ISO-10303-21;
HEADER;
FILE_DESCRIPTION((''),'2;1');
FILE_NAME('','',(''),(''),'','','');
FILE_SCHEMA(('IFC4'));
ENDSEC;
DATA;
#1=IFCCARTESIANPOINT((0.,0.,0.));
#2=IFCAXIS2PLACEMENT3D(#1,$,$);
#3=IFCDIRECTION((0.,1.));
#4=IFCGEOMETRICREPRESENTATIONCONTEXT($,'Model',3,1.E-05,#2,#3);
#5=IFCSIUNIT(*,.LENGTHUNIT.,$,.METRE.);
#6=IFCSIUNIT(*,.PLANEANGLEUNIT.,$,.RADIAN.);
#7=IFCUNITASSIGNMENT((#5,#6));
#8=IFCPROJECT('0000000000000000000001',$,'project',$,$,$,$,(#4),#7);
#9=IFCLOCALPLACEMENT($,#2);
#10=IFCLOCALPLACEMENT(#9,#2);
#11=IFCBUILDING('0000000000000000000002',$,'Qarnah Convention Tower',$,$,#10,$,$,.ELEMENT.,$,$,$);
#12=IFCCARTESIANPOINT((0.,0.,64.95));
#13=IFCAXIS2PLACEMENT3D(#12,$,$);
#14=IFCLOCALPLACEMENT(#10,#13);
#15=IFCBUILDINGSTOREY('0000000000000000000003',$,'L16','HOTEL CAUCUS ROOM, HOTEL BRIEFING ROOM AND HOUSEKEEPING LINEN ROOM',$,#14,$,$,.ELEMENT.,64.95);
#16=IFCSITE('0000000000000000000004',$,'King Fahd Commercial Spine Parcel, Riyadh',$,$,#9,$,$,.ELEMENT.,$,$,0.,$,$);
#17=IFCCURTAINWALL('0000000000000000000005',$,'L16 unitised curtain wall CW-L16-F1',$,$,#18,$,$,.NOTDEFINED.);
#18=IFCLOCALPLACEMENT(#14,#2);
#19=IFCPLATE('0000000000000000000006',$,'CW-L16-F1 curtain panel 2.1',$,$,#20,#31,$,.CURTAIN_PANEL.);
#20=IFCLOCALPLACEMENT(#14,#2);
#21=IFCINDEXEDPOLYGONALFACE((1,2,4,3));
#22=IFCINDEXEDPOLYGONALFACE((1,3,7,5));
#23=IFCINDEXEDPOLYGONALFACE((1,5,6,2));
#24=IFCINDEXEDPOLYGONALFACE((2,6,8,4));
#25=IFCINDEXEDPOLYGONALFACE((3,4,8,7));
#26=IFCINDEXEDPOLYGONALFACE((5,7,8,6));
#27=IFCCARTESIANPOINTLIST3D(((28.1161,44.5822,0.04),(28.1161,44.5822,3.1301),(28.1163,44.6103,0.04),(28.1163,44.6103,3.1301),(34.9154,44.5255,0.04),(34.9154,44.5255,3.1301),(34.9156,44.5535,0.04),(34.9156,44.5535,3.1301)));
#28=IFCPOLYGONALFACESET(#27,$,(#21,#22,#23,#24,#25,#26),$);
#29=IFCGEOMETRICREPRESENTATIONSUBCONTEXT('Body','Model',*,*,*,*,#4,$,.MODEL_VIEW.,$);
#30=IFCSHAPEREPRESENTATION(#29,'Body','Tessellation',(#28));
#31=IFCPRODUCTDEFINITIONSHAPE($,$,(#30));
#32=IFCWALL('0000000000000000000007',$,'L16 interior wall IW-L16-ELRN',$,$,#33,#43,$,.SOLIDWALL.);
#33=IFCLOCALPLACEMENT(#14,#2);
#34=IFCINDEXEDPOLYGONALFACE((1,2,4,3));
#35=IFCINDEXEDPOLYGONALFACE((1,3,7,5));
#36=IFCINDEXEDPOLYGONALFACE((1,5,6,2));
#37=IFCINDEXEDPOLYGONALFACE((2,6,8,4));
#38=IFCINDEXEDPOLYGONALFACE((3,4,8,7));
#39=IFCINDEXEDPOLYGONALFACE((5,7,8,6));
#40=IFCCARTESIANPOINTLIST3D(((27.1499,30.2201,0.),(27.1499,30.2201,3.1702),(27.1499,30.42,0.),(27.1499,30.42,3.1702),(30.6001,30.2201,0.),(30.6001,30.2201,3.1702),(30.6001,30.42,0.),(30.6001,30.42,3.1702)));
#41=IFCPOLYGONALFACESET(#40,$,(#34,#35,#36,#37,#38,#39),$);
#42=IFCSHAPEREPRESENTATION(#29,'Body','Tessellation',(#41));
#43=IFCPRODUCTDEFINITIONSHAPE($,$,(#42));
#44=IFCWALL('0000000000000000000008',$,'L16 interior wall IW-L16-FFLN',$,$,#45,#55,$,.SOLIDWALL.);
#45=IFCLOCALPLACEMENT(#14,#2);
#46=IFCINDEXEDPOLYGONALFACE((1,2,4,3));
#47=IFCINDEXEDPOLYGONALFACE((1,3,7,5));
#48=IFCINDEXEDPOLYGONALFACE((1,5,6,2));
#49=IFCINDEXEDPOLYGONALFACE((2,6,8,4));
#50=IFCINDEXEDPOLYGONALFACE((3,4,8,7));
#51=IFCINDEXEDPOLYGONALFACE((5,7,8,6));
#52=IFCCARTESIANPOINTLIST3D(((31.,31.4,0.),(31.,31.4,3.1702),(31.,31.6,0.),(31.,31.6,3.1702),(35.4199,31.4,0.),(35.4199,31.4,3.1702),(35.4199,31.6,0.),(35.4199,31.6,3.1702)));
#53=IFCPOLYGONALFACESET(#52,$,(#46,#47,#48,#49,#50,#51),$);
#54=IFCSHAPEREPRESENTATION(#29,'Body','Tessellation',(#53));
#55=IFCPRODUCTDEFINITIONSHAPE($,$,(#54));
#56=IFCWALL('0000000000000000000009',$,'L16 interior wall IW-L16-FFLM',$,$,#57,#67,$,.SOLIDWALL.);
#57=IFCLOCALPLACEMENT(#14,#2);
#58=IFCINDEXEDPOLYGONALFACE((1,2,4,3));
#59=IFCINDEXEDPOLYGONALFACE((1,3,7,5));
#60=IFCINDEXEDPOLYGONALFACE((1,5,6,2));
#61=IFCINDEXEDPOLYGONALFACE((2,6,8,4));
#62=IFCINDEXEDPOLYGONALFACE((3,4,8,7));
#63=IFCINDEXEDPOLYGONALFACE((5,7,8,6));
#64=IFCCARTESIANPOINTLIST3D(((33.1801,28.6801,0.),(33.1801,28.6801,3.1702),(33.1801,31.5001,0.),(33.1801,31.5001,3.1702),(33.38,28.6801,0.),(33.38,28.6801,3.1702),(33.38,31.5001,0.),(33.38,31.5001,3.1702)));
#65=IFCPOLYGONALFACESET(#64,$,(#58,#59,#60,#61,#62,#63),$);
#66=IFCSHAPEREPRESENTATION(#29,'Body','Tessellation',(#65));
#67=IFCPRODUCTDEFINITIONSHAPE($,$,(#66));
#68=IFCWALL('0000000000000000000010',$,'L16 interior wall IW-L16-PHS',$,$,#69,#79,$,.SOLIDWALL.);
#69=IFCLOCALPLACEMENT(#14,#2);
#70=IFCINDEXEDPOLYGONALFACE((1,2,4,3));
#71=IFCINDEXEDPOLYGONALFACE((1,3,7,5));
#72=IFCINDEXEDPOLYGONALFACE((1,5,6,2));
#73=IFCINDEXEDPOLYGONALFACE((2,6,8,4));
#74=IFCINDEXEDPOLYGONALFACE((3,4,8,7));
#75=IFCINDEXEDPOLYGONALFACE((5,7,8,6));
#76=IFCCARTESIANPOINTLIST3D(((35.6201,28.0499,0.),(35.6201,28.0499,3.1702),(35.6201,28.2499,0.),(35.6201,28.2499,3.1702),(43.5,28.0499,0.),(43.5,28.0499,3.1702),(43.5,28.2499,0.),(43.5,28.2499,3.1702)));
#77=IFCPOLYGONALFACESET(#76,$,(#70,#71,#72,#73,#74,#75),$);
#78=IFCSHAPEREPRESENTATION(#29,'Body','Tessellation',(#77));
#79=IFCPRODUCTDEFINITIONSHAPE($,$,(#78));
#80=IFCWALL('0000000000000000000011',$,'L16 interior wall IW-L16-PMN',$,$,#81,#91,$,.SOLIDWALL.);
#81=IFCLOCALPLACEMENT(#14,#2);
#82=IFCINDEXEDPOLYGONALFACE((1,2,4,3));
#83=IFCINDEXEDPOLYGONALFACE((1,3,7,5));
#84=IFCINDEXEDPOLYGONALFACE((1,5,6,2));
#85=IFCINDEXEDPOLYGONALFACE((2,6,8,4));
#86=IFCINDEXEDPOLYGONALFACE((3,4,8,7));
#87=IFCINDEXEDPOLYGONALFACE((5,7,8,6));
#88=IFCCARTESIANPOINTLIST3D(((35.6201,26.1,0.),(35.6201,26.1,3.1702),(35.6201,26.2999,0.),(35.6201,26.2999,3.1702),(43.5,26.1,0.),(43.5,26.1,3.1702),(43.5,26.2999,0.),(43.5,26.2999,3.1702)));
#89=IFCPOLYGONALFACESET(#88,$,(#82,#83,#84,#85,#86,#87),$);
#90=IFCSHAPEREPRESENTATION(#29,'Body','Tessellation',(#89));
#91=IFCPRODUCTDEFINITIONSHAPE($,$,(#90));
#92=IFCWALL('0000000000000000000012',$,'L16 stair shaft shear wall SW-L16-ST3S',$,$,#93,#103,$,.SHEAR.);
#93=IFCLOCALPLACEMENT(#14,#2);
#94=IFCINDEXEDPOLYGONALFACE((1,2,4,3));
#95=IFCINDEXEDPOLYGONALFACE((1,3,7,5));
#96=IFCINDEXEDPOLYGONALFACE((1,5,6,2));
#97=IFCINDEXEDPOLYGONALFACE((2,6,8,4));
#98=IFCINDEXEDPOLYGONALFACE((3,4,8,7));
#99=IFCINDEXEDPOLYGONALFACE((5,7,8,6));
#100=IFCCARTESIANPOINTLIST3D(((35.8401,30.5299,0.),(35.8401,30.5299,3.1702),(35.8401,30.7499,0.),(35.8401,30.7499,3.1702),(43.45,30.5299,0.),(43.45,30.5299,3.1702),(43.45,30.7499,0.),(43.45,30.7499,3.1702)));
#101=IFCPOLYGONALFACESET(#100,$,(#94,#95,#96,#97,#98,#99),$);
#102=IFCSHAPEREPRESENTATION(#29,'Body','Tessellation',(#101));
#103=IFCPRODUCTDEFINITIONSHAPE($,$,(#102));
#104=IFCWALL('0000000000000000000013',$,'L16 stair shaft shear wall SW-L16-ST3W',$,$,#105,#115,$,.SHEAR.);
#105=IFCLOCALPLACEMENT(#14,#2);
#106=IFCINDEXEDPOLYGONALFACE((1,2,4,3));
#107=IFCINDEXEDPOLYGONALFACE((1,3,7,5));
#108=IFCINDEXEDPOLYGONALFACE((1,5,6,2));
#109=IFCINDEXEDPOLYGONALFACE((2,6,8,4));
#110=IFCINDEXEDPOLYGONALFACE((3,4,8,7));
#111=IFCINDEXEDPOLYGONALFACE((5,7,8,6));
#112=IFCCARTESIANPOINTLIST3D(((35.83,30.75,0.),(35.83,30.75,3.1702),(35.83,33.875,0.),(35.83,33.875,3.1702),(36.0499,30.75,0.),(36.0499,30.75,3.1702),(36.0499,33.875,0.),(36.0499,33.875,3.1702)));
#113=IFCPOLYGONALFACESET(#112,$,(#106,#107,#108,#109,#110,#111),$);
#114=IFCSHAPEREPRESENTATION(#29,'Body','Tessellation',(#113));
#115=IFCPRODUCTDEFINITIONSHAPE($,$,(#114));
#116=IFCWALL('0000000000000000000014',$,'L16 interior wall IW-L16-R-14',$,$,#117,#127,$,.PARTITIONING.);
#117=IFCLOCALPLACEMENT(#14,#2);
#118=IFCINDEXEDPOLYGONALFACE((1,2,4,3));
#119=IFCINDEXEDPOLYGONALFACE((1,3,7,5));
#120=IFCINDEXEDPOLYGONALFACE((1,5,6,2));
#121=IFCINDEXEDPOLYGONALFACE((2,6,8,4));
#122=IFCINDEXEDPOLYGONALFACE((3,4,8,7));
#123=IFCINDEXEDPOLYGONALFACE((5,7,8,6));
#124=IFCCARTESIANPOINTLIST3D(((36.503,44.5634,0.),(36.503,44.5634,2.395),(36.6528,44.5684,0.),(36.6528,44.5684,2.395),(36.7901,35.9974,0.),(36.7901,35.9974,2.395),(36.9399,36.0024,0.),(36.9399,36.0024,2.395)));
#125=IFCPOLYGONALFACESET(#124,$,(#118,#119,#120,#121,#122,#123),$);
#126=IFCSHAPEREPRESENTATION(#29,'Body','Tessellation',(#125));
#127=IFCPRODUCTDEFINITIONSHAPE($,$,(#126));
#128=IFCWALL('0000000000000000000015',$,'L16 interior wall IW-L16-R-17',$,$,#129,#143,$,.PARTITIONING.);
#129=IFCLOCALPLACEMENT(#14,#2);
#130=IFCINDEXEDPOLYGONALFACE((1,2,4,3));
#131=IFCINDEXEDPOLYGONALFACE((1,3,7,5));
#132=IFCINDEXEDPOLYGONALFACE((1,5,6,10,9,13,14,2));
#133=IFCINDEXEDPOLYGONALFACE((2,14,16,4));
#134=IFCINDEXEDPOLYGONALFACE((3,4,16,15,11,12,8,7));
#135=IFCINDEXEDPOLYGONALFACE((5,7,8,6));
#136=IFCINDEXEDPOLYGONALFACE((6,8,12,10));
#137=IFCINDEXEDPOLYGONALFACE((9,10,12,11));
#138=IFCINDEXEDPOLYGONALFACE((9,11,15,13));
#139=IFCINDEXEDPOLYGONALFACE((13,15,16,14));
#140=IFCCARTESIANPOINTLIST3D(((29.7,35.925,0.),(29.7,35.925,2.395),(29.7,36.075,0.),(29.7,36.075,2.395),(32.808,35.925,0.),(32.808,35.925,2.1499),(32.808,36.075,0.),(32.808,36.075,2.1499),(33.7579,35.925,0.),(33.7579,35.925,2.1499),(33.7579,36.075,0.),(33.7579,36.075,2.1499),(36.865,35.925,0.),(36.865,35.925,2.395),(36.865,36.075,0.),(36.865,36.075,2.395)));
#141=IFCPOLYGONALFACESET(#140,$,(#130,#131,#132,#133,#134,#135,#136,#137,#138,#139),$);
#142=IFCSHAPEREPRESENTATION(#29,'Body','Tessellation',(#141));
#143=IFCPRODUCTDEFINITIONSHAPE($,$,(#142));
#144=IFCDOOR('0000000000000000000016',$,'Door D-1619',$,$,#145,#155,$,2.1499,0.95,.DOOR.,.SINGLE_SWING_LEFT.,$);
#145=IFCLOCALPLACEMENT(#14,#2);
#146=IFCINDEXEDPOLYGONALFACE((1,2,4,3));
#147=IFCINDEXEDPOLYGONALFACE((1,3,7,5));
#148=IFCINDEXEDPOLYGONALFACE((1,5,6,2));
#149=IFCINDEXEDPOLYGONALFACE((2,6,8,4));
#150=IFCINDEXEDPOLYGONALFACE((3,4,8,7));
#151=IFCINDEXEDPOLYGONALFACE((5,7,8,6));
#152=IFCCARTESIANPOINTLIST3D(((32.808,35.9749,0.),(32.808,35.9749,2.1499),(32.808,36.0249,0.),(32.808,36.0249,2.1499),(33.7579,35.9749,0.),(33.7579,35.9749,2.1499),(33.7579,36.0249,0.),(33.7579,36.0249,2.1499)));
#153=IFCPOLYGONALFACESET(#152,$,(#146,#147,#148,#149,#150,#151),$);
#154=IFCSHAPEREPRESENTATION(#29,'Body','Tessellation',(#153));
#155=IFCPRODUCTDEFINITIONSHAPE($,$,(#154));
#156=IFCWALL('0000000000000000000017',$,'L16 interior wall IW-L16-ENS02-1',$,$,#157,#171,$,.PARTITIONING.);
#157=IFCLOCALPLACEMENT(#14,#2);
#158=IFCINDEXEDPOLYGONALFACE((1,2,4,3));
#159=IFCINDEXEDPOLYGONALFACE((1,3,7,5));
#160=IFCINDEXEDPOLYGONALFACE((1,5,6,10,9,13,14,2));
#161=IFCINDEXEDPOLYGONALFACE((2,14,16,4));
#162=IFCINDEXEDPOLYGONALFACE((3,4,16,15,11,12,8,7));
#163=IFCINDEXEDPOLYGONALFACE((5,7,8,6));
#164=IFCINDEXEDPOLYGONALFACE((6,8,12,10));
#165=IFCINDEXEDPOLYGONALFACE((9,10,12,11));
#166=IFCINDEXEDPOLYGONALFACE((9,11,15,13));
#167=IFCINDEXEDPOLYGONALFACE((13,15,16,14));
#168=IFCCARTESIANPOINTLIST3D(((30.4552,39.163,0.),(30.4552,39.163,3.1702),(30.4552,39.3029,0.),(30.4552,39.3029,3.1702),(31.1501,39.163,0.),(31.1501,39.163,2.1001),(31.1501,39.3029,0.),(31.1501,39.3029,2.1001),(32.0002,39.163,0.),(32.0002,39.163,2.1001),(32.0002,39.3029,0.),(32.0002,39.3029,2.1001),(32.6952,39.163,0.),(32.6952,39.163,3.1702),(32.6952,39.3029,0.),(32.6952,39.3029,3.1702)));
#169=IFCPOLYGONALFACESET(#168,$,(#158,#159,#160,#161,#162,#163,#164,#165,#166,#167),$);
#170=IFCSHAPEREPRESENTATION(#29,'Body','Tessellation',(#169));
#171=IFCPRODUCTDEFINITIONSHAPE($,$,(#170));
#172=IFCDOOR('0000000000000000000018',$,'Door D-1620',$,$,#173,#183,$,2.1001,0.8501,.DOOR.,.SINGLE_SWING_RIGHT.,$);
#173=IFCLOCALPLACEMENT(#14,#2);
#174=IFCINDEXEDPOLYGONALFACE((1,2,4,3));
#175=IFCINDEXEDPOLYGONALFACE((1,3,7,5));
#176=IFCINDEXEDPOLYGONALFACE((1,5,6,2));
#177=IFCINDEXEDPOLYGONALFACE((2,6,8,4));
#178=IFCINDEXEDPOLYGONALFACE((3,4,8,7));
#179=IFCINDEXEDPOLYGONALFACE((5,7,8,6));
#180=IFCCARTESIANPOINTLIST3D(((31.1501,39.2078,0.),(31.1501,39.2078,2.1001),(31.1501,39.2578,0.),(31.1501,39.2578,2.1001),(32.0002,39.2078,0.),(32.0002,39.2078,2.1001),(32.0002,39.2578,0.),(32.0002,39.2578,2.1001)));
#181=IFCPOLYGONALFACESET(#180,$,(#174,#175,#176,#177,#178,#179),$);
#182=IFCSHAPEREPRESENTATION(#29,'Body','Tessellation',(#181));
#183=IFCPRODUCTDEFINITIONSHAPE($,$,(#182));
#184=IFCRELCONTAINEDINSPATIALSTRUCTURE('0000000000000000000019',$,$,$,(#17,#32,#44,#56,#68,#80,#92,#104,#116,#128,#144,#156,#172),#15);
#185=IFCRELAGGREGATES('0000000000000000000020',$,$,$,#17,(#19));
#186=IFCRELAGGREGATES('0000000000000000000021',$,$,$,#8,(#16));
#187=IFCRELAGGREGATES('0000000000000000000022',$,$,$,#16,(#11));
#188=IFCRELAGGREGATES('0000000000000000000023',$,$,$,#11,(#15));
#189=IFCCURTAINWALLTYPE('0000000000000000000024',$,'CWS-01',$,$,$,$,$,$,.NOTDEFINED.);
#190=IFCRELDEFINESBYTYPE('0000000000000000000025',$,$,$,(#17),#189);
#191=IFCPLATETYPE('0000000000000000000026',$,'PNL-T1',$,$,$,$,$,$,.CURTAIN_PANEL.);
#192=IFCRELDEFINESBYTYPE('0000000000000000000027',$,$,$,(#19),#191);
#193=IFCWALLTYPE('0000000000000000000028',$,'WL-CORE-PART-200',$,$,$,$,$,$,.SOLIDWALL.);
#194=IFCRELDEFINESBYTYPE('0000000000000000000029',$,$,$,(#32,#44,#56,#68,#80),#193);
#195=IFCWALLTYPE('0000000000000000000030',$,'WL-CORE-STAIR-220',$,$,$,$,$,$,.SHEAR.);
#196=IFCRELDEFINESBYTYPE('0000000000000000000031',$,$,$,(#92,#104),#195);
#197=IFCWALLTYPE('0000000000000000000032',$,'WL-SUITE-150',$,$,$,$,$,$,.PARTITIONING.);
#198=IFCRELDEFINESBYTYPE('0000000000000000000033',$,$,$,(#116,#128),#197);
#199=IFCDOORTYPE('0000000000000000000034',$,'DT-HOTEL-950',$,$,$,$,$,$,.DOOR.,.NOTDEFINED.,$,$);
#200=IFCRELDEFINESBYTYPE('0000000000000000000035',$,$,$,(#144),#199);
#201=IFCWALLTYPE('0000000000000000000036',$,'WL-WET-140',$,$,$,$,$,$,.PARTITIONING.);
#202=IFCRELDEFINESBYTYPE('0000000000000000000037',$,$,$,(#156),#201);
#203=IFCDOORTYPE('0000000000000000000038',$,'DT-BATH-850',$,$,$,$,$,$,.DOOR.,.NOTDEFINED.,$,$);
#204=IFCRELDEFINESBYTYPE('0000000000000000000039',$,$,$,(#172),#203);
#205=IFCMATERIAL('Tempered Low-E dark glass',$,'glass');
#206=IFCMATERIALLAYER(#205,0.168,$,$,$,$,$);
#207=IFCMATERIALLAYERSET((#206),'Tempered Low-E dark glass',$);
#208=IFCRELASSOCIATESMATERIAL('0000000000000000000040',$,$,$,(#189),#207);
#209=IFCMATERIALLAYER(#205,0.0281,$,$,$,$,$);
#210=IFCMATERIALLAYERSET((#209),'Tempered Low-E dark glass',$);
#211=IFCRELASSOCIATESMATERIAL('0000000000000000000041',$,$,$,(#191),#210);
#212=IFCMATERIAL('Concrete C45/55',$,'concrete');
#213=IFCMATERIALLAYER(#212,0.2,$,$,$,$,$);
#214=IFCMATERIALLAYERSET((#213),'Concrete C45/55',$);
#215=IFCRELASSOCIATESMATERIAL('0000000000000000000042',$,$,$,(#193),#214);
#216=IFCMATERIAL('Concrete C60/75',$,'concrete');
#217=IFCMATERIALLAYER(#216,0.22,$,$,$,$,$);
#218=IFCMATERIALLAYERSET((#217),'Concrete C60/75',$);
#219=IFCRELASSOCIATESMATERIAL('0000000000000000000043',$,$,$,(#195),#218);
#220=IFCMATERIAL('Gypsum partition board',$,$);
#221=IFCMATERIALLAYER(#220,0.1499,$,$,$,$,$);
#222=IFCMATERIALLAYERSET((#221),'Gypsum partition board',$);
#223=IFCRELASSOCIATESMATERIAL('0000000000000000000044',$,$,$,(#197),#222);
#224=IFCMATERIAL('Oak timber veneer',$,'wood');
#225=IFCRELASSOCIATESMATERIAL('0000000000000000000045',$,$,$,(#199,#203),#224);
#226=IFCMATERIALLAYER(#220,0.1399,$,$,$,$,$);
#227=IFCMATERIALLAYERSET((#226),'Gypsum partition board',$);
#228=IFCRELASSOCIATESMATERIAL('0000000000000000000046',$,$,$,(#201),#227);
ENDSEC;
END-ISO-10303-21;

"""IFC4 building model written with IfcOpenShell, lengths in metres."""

from ifc_helpers import new_model, si_unit, direction, frame, frame_2d, origin, origin_2d, place, context, subcontext, project, spatial, rectangle, extrude, material, layer, layer_set, type_object, element, fill, aggregate, save


model = new_model("IFC4")

# Units and contexts
model_context = context("Model", 3, precision=1e-05, world=origin(), true_north=direction((0.0, 1.0)))
body_context = subcontext(model_context, "Body", "Model", "MODEL_VIEW")
ifc_project = project(units=[si_unit("LENGTHUNIT", "METRE"), si_unit("PLANEANGLEUNIT", "RADIAN")], contexts=[model_context])

# Site, building, storey
site_placement = place(None, origin())
site = spatial("IfcSite", under=ifc_project, at=site_placement, Name="King Fahd Commercial Spine Parcel, Riyadh", CompositionType="ELEMENT", RefElevation=0.0)
building_placement = place(site_placement, origin())
building = spatial("IfcBuilding", under=site, at=building_placement, Name="Qarnah Convention Tower", CompositionType="ELEMENT")
storey_placement = place(building_placement, frame((0.0, 0.0, 64.95)))
storey = spatial("IfcBuildingStorey", under=building, at=storey_placement, Name="L16", Description="HOTEL CAUCUS ROOM, HOTEL BRIEFING ROOM AND HOUSEKEEPING LINEN ROOM", CompositionType="ELEMENT", Elevation=64.95)

# Shared definitions
ifc_material_1 = material(Name="Concrete C60/75", Category="concrete")

# Curtain wall, plate
ifc_material_2 = material(Name="Tempered Low-E dark glass", Category="glass")
ifc_layer_1 = layer(ifc_material_2, 0.168)
ifc_layer_set_1 = layer_set([ifc_layer_1], Name="Tempered Low-E dark glass")
curtain_wall_type = type_object("IfcCurtainWallType", Name="CWS-01", PredefinedType="NOTDEFINED", material=ifc_layer_set_1)
curtain_wall_placement = place(storey_placement, origin())
curtain_wall = element("IfcCurtainWall", 1, at=curtain_wall_placement, inside=storey, type_object=curtain_wall_type, Name="L16 unitised curtain wall CW-L16-F1", PredefinedType="NOTDEFINED")
ifc_layer_2 = layer(ifc_material_2, 0.0281)
ifc_layer_set_2 = layer_set([ifc_layer_2], Name="Tempered Low-E dark glass")
plate_type = type_object("IfcPlateType", Name="PNL-T1", PredefinedType="CURTAIN_PANEL", material=ifc_layer_set_2)
plate_placement = place(storey_placement, frame((31.5159, 44.5679, 0.04), z_axis=(0.0, 0.0, 1.0), x_axis=(0.999965, -0.008344, 0.0)))
plate = element("IfcPlate", 2, at=plate_placement, type_object=plate_type, Name="CW-L16-F1 curtain panel 2.1", PredefinedType="CURTAIN_PANEL", context=body_context, shape_type="SweptSolid", body=[
    extrude(rectangle(XDim=6.7996, YDim=0.0281, at=origin_2d()), origin(), (0.0, 0.0, 1.0), 3.0901),
])
aggregate(curtain_wall, [plate])

# Wall
ifc_material_3 = material(Name="Concrete C45/55", Category="concrete")
ifc_layer_3 = layer(ifc_material_3, 0.2)
ifc_layer_set_3 = layer_set([ifc_layer_3], Name="Concrete C45/55")
wall_type_1 = type_object("IfcWallType", Name="WL-CORE-PART-200", PredefinedType="SOLIDWALL", material=ifc_layer_set_3)
wall_1_placement = place(storey_placement, frame((27.1499, 30.3201, 0.0), z_axis=(0.0, 0.0, 1.0), x_axis=(1.0, 0.0, 0.0)))
element("IfcWall", 3, at=wall_1_placement, inside=storey, type_object=wall_type_1, Name="L16 interior wall IW-L16-ELRN", PredefinedType="SOLIDWALL", context=body_context, shape_type="SweptSolid", body=[
    extrude(rectangle(XDim=3.4502, YDim=0.2, at=frame_2d((1.7251, 0.0))), origin(), (0.0, 0.0, 1.0), 3.1702),
])

# Walls
wall_2_placement = place(storey_placement, frame((31.0, 31.5, 0.0), z_axis=(0.0, 0.0, 1.0), x_axis=(1.0, 0.0, 0.0)))
element("IfcWall", 4, at=wall_2_placement, inside=storey, type_object=wall_type_1, Name="L16 interior wall IW-L16-FFLN", PredefinedType="SOLIDWALL", context=body_context, shape_type="SweptSolid", body=[
    extrude(rectangle(XDim=4.4199, YDim=0.2, at=frame_2d((2.21, 0.0))), origin(), (0.0, 0.0, 1.0), 3.1702),
])
wall_3_placement = place(storey_placement, frame((33.28, 28.6799, 0.0), z_axis=(0.0, 0.0, 1.0), x_axis=(0.0, 1.0, 0.0)))
element("IfcWall", 5, at=wall_3_placement, inside=storey, type_object=wall_type_1, Name="L16 interior wall IW-L16-FFLM", PredefinedType="SOLIDWALL", context=body_context, shape_type="SweptSolid", body=[
    extrude(rectangle(XDim=2.8201, YDim=0.2, at=frame_2d((1.4102, 0.0))), origin(), (0.0, 0.0, 1.0), 3.1702),
])
for number, where, z_axis, x_axis, name in (
    (6, (35.6201, 28.1499, 0.0), (0.0, 0.0, 1.0), (1.0, 0.0, 0.0), "L16 interior wall IW-L16-PHS"),
    (7, (35.6201, 26.2, 0.0), (0.0, 0.0, 1.0), (1.0, 0.0, 0.0), "L16 interior wall IW-L16-PMN"),
):
    element("IfcWall", number, at=place(storey_placement, frame(where, z_axis=z_axis, x_axis=x_axis)), inside=storey, type_object=wall_type_1, Name=name, PredefinedType="SOLIDWALL", context=body_context, shape_type="SweptSolid", body=[
        extrude(rectangle(XDim=7.8799, YDim=0.2, at=frame_2d((3.9399, 0.0))), origin(), (0.0, 0.0, 1.0), 3.1702),
    ])
ifc_layer_4 = layer(ifc_material_1, 0.22)
ifc_layer_set_4 = layer_set([ifc_layer_4], Name="Concrete C60/75")
wall_type_2 = type_object("IfcWallType", Name="WL-CORE-STAIR-220", PredefinedType="SHEAR", material=ifc_layer_set_4)
wall_4_placement = place(storey_placement, frame((35.8401, 30.6399, 0.0), z_axis=(0.0, 0.0, 1.0), x_axis=(1.0, 0.0, 0.0)))
element("IfcWall", 8, at=wall_4_placement, inside=storey, type_object=wall_type_2, Name="L16 stair shaft shear wall SW-L16-ST3S", PredefinedType="SHEAR", context=body_context, shape_type="SweptSolid", body=[
    extrude(rectangle(XDim=7.6099, YDim=0.22, at=frame_2d((3.8049, 0.0))), origin(), (0.0, 0.0, 1.0), 3.1702),
])
wall_5_placement = place(storey_placement, frame((35.9399, 30.75, 0.0), z_axis=(0.0, 0.0, 1.0), x_axis=(0.0, 1.0, 0.0)))
element("IfcWall", 9, at=wall_5_placement, inside=storey, type_object=wall_type_2, Name="L16 stair shaft shear wall SW-L16-ST3W", PredefinedType="SHEAR", context=body_context, shape_type="SweptSolid", body=[
    extrude(rectangle(XDim=3.125, YDim=0.22, at=frame_2d((1.5625, 0.0))), origin(), (0.0, 0.0, 1.0), 3.1702),
])
ifc_material_4 = material(Name="Gypsum partition board")
ifc_layer_5 = layer(ifc_material_4, 0.1499)
ifc_layer_set_5 = layer_set([ifc_layer_5], Name="Gypsum partition board")
wall_type_3 = type_object("IfcWallType", Name="WL-SUITE-150", PredefinedType="PARTITIONING", material=ifc_layer_set_5)
wall_6_placement = place(storey_placement, frame((36.5779, 44.5659, 0.0), z_axis=(0.0, 0.0, 1.0), x_axis=(0.033499, -0.999439, 0.0)))
element("IfcWall", 10, at=wall_6_placement, inside=storey, type_object=wall_type_3, Name="L16 interior wall IW-L16-R-14", PredefinedType="PARTITIONING", context=body_context, shape_type="SweptSolid", body=[
    extrude(rectangle(XDim=8.5708, YDim=0.1499, at=frame_2d((4.2854, 0.0))), origin(), (0.0, 0.0, 1.0), 2.395),
])

# Walls, openings, doors
wall_7_placement = place(storey_placement, frame((29.7, 36.0, 0.0), z_axis=(0.0, 0.0, 1.0), x_axis=(1.0, 0.0, 0.0)))
wall_7 = element("IfcWall", 11, at=wall_7_placement, inside=storey, type_object=wall_type_3, Name="L16 interior wall IW-L16-R-17", PredefinedType="PARTITIONING", context=body_context, shape_type="SweptSolid", body=[
    extrude(rectangle(XDim=7.165, YDim=0.1499, at=frame_2d((3.5825, 0.0))), origin(), (0.0, 0.0, 1.0), 2.395),
])
opening_1_placement = place(wall_7_placement, frame((3.1079, 0.0, 0.0)))
opening_1 = element("IfcOpeningElement", 12, at=opening_1_placement, cuts=wall_7, PredefinedType="OPENING", context=body_context, shape_type="SweptSolid", body=[
    extrude(rectangle(XDim=0.95, YDim=2.1499, at=frame_2d((0.4751, 1.075))), frame((0.0, 0.085, 0.0), z_axis=(0.0, -1.0, 0.0), x_axis=(1.0, 0.0, 0.0)), (0.0, 0.0, 1.0), 0.1699),
])
ifc_material_5 = material(Name="Oak timber veneer", Category="wood")
door_type_1 = type_object("IfcDoorType", Name="DT-HOTEL-950", OperationType="NOTDEFINED", PredefinedType="DOOR", material=ifc_material_5)
door_1_placement = place(opening_1_placement, origin())
door_1 = element("IfcDoor", 13, at=door_1_placement, inside=storey, type_object=door_type_1, Name="Door D-1619", OperationType="SINGLE_SWING_LEFT", OverallHeight=2.1499, OverallWidth=0.95, PredefinedType="DOOR", context=body_context, shape_type="SweptSolid", body=[
    extrude(rectangle(XDim=0.95, YDim=2.1499, at=frame_2d((0.4751, 1.075))), frame((0.0, 0.0249, 0.0), z_axis=(0.0, -1.0, 0.0), x_axis=(1.0, 0.0, 0.0)), (0.0, 0.0, 1.0), 0.05),
])
fill(opening_1, door_1)
ifc_layer_6 = layer(ifc_material_4, 0.1399)
ifc_layer_set_6 = layer_set([ifc_layer_6], Name="Gypsum partition board")
wall_type_4 = type_object("IfcWallType", Name="WL-WET-140", PredefinedType="PARTITIONING", material=ifc_layer_set_6)
wall_8_placement = place(storey_placement, frame((30.4551, 39.2329, 0.0), z_axis=(0.0, 0.0, 1.0), x_axis=(1.0, 0.0, 0.0)))
wall_8 = element("IfcWall", 14, at=wall_8_placement, inside=storey, type_object=wall_type_4, Name="L16 interior wall IW-L16-ENS02-1", PredefinedType="PARTITIONING", context=body_context, shape_type="SweptSolid", body=[
    extrude(rectangle(XDim=2.24, YDim=0.1399, at=frame_2d((1.1201, 0.0))), origin(), (0.0, 0.0, 1.0), 3.1702),
])
opening_2_placement = place(wall_8_placement, frame((0.6951, 0.0, 0.0)))
opening_2 = element("IfcOpeningElement", 15, at=opening_2_placement, cuts=wall_8, PredefinedType="OPENING", context=body_context, shape_type="SweptSolid", body=[
    extrude(rectangle(XDim=0.8501, YDim=2.1001, at=frame_2d((0.425, 1.05))), frame((0.0, 0.0798, 0.0), z_axis=(0.0, -1.0, 0.0), x_axis=(1.0, 0.0, 0.0)), (0.0, 0.0, 1.0), 0.1599),
])
door_type_2 = type_object("IfcDoorType", Name="DT-BATH-850", OperationType="NOTDEFINED", PredefinedType="DOOR", material=ifc_material_5)
door_2_placement = place(opening_2_placement, origin())
door_2 = element("IfcDoor", 16, at=door_2_placement, inside=storey, type_object=door_type_2, Name="Door D-1620", OperationType="SINGLE_SWING_RIGHT", OverallHeight=2.1001, OverallWidth=0.8501, PredefinedType="DOOR", context=body_context, shape_type="SweptSolid", body=[
    extrude(rectangle(XDim=0.8501, YDim=2.1001, at=frame_2d((0.425, 1.05))), frame((0.0, 0.0249, 0.0), z_axis=(0.0, -1.0, 0.0), x_axis=(1.0, 0.0, 0.0)), (0.0, 0.0, 1.0), 0.05),
])
fill(opening_2, door_2)

save(model, "model.ifc")
